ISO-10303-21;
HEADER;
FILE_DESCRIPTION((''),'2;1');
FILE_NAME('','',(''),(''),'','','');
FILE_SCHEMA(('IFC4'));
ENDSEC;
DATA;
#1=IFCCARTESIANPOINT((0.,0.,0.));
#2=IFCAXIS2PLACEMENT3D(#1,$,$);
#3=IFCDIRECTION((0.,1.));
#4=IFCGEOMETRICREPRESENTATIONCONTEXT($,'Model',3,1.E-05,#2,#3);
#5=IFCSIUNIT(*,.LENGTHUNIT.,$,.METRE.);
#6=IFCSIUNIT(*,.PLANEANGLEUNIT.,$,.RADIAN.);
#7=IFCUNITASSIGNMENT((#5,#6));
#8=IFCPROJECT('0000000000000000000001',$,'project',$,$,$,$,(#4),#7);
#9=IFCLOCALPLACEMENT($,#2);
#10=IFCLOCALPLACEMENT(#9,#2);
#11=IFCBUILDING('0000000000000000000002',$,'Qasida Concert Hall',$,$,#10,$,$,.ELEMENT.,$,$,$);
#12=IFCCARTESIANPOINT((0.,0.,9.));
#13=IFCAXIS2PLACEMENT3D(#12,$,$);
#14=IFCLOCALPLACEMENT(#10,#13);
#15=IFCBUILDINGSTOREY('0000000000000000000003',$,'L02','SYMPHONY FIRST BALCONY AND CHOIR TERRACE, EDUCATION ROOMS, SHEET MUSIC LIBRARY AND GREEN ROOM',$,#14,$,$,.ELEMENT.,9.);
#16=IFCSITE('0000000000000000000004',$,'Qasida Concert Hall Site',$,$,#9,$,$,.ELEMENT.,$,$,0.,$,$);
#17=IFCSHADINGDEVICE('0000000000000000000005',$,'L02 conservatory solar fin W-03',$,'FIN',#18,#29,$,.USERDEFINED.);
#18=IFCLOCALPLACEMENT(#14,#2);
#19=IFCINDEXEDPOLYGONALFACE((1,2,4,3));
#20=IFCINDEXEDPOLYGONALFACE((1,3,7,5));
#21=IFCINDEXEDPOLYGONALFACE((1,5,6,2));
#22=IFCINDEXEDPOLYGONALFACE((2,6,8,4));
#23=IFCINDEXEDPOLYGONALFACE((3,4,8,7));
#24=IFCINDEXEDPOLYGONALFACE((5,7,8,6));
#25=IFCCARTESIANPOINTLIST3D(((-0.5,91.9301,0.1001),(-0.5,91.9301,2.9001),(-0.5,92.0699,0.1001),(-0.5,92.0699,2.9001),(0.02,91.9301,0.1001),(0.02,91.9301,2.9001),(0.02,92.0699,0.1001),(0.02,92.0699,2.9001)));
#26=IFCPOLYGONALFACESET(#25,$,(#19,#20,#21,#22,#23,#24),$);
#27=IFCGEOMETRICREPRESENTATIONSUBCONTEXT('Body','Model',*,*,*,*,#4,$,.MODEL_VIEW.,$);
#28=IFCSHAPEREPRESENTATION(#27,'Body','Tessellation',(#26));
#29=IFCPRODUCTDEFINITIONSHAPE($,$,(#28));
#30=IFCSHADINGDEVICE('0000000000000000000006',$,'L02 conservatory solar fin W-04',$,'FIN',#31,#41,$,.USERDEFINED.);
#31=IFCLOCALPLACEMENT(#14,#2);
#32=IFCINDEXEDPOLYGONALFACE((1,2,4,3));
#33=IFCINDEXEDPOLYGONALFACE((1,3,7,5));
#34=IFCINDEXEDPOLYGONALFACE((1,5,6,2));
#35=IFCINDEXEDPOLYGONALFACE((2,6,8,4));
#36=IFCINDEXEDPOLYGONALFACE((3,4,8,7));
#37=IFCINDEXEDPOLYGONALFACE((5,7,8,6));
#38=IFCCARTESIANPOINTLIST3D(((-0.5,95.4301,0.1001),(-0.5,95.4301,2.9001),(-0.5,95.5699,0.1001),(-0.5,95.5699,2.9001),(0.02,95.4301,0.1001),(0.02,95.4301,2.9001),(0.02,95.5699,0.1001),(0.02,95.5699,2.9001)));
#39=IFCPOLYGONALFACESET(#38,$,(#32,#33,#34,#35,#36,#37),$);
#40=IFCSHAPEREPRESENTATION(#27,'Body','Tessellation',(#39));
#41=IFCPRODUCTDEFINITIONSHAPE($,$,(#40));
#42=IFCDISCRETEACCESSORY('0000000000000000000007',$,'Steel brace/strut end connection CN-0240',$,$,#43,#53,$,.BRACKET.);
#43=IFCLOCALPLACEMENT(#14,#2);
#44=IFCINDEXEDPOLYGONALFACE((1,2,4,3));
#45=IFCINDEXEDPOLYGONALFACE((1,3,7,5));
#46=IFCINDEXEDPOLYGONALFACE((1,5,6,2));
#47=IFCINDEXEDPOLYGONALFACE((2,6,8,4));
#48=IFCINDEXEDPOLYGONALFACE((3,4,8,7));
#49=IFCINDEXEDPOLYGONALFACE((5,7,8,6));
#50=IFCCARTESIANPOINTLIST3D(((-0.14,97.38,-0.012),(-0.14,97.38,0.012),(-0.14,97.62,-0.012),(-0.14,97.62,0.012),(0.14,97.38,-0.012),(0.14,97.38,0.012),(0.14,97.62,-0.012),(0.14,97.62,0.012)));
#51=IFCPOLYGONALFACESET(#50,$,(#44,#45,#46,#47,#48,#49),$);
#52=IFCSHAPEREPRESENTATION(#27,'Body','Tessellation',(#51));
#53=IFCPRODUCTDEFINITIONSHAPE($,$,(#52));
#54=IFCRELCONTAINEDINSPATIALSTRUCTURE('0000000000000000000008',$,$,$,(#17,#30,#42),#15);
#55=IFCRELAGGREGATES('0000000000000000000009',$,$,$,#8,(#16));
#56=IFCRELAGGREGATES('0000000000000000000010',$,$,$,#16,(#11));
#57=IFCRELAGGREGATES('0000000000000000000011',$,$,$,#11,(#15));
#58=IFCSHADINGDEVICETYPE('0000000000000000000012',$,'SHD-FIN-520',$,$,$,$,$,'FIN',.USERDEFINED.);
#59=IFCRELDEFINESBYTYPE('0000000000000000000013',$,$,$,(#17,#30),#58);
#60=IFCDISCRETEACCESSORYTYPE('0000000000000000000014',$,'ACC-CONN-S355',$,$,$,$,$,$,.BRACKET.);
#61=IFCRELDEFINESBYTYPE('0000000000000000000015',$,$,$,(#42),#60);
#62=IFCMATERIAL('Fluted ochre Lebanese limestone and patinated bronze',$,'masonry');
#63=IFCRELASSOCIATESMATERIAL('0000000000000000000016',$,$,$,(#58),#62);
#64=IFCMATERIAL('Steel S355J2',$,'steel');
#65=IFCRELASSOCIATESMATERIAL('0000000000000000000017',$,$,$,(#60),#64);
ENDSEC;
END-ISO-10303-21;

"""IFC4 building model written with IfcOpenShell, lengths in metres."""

from ifc_helpers import new_model, si_unit, direction, frame, origin, origin_2d, place, context, subcontext, project, spatial, rectangle, extrude, material, type_object, element, save


model = new_model("IFC4")

# Units and contexts
model_context = context("Model", 3, precision=1e-05, world=origin(), true_north=direction((0.0, 1.0)))
body_context = subcontext(model_context, "Body", "Model", "MODEL_VIEW")
ifc_project = project(units=[si_unit("LENGTHUNIT", "METRE"), si_unit("PLANEANGLEUNIT", "RADIAN")], contexts=[model_context])

# Site, building, storey
site_placement = place(None, origin())
site = spatial("IfcSite", under=ifc_project, at=site_placement, Name="Qasida Concert Hall Site", CompositionType="ELEMENT", RefElevation=0.0)
building_placement = place(site_placement, origin())
building = spatial("IfcBuilding", under=site, at=building_placement, Name="Qasida Concert Hall", CompositionType="ELEMENT")
storey_placement = place(building_placement, frame((0.0, 0.0, 9.0)))
storey = spatial("IfcBuildingStorey", under=building, at=storey_placement, Name="L02", Description="SYMPHONY FIRST BALCONY AND CHOIR TERRACE, EDUCATION ROOMS, SHEET MUSIC LIBRARY AND GREEN ROOM", CompositionType="ELEMENT", Elevation=9.0)

# Shared definitions
ifc_material_1 = material(Name="Steel S355J2", Category="steel")

# Shading devices
ifc_material_2 = material(Name="Fluted ochre Lebanese limestone and patinated bronze", Category="masonry")
shading_device_type = type_object("IfcShadingDeviceType", Name="SHD-FIN-520", ElementType="FIN", PredefinedType="USERDEFINED", material=ifc_material_2)
for number, where, z_axis, x_axis, name in (
    (1, (-0.24, 92.0, 0.1001), (0.0, 0.0, 1.0), (1.0, 0.0, 0.0), "L02 conservatory solar fin W-03"),
    (2, (-0.24, 95.5, 0.1001), (0.0, 0.0, 1.0), (1.0, 0.0, 0.0), "L02 conservatory solar fin W-04"),
):
    element("IfcShadingDevice", number, at=place(storey_placement, frame(where, z_axis=z_axis, x_axis=x_axis)), inside=storey, type_object=shading_device_type, Name=name, ObjectType="FIN", PredefinedType="USERDEFINED", context=body_context, shape_type="SweptSolid", body=[
        extrude(rectangle(XDim=0.52, YDim=0.1399, at=origin_2d()), origin(), (0.0, 0.0, 1.0), 2.8),
    ])

# Discrete accessory
discrete_accessory_type = type_object("IfcDiscreteAccessoryType", Name="ACC-CONN-S355", PredefinedType="BRACKET", material=ifc_material_1)
discrete_accessory_placement = place(storey_placement, frame((0.0, 97.5, -0.012), z_axis=(0.0, 0.0, 1.0), x_axis=(1.0, 0.0, 0.0)))
element("IfcDiscreteAccessory", 3, at=discrete_accessory_placement, inside=storey, type_object=discrete_accessory_type, Name="Steel brace/strut end connection CN-0240", PredefinedType="BRACKET", context=body_context, shape_type="SweptSolid", body=[
    extrude(rectangle(XDim=0.28, YDim=0.24, at=origin_2d()), origin(), (0.0, 0.0, 1.0), 0.0239),
])

save(model, "model.ifc")
